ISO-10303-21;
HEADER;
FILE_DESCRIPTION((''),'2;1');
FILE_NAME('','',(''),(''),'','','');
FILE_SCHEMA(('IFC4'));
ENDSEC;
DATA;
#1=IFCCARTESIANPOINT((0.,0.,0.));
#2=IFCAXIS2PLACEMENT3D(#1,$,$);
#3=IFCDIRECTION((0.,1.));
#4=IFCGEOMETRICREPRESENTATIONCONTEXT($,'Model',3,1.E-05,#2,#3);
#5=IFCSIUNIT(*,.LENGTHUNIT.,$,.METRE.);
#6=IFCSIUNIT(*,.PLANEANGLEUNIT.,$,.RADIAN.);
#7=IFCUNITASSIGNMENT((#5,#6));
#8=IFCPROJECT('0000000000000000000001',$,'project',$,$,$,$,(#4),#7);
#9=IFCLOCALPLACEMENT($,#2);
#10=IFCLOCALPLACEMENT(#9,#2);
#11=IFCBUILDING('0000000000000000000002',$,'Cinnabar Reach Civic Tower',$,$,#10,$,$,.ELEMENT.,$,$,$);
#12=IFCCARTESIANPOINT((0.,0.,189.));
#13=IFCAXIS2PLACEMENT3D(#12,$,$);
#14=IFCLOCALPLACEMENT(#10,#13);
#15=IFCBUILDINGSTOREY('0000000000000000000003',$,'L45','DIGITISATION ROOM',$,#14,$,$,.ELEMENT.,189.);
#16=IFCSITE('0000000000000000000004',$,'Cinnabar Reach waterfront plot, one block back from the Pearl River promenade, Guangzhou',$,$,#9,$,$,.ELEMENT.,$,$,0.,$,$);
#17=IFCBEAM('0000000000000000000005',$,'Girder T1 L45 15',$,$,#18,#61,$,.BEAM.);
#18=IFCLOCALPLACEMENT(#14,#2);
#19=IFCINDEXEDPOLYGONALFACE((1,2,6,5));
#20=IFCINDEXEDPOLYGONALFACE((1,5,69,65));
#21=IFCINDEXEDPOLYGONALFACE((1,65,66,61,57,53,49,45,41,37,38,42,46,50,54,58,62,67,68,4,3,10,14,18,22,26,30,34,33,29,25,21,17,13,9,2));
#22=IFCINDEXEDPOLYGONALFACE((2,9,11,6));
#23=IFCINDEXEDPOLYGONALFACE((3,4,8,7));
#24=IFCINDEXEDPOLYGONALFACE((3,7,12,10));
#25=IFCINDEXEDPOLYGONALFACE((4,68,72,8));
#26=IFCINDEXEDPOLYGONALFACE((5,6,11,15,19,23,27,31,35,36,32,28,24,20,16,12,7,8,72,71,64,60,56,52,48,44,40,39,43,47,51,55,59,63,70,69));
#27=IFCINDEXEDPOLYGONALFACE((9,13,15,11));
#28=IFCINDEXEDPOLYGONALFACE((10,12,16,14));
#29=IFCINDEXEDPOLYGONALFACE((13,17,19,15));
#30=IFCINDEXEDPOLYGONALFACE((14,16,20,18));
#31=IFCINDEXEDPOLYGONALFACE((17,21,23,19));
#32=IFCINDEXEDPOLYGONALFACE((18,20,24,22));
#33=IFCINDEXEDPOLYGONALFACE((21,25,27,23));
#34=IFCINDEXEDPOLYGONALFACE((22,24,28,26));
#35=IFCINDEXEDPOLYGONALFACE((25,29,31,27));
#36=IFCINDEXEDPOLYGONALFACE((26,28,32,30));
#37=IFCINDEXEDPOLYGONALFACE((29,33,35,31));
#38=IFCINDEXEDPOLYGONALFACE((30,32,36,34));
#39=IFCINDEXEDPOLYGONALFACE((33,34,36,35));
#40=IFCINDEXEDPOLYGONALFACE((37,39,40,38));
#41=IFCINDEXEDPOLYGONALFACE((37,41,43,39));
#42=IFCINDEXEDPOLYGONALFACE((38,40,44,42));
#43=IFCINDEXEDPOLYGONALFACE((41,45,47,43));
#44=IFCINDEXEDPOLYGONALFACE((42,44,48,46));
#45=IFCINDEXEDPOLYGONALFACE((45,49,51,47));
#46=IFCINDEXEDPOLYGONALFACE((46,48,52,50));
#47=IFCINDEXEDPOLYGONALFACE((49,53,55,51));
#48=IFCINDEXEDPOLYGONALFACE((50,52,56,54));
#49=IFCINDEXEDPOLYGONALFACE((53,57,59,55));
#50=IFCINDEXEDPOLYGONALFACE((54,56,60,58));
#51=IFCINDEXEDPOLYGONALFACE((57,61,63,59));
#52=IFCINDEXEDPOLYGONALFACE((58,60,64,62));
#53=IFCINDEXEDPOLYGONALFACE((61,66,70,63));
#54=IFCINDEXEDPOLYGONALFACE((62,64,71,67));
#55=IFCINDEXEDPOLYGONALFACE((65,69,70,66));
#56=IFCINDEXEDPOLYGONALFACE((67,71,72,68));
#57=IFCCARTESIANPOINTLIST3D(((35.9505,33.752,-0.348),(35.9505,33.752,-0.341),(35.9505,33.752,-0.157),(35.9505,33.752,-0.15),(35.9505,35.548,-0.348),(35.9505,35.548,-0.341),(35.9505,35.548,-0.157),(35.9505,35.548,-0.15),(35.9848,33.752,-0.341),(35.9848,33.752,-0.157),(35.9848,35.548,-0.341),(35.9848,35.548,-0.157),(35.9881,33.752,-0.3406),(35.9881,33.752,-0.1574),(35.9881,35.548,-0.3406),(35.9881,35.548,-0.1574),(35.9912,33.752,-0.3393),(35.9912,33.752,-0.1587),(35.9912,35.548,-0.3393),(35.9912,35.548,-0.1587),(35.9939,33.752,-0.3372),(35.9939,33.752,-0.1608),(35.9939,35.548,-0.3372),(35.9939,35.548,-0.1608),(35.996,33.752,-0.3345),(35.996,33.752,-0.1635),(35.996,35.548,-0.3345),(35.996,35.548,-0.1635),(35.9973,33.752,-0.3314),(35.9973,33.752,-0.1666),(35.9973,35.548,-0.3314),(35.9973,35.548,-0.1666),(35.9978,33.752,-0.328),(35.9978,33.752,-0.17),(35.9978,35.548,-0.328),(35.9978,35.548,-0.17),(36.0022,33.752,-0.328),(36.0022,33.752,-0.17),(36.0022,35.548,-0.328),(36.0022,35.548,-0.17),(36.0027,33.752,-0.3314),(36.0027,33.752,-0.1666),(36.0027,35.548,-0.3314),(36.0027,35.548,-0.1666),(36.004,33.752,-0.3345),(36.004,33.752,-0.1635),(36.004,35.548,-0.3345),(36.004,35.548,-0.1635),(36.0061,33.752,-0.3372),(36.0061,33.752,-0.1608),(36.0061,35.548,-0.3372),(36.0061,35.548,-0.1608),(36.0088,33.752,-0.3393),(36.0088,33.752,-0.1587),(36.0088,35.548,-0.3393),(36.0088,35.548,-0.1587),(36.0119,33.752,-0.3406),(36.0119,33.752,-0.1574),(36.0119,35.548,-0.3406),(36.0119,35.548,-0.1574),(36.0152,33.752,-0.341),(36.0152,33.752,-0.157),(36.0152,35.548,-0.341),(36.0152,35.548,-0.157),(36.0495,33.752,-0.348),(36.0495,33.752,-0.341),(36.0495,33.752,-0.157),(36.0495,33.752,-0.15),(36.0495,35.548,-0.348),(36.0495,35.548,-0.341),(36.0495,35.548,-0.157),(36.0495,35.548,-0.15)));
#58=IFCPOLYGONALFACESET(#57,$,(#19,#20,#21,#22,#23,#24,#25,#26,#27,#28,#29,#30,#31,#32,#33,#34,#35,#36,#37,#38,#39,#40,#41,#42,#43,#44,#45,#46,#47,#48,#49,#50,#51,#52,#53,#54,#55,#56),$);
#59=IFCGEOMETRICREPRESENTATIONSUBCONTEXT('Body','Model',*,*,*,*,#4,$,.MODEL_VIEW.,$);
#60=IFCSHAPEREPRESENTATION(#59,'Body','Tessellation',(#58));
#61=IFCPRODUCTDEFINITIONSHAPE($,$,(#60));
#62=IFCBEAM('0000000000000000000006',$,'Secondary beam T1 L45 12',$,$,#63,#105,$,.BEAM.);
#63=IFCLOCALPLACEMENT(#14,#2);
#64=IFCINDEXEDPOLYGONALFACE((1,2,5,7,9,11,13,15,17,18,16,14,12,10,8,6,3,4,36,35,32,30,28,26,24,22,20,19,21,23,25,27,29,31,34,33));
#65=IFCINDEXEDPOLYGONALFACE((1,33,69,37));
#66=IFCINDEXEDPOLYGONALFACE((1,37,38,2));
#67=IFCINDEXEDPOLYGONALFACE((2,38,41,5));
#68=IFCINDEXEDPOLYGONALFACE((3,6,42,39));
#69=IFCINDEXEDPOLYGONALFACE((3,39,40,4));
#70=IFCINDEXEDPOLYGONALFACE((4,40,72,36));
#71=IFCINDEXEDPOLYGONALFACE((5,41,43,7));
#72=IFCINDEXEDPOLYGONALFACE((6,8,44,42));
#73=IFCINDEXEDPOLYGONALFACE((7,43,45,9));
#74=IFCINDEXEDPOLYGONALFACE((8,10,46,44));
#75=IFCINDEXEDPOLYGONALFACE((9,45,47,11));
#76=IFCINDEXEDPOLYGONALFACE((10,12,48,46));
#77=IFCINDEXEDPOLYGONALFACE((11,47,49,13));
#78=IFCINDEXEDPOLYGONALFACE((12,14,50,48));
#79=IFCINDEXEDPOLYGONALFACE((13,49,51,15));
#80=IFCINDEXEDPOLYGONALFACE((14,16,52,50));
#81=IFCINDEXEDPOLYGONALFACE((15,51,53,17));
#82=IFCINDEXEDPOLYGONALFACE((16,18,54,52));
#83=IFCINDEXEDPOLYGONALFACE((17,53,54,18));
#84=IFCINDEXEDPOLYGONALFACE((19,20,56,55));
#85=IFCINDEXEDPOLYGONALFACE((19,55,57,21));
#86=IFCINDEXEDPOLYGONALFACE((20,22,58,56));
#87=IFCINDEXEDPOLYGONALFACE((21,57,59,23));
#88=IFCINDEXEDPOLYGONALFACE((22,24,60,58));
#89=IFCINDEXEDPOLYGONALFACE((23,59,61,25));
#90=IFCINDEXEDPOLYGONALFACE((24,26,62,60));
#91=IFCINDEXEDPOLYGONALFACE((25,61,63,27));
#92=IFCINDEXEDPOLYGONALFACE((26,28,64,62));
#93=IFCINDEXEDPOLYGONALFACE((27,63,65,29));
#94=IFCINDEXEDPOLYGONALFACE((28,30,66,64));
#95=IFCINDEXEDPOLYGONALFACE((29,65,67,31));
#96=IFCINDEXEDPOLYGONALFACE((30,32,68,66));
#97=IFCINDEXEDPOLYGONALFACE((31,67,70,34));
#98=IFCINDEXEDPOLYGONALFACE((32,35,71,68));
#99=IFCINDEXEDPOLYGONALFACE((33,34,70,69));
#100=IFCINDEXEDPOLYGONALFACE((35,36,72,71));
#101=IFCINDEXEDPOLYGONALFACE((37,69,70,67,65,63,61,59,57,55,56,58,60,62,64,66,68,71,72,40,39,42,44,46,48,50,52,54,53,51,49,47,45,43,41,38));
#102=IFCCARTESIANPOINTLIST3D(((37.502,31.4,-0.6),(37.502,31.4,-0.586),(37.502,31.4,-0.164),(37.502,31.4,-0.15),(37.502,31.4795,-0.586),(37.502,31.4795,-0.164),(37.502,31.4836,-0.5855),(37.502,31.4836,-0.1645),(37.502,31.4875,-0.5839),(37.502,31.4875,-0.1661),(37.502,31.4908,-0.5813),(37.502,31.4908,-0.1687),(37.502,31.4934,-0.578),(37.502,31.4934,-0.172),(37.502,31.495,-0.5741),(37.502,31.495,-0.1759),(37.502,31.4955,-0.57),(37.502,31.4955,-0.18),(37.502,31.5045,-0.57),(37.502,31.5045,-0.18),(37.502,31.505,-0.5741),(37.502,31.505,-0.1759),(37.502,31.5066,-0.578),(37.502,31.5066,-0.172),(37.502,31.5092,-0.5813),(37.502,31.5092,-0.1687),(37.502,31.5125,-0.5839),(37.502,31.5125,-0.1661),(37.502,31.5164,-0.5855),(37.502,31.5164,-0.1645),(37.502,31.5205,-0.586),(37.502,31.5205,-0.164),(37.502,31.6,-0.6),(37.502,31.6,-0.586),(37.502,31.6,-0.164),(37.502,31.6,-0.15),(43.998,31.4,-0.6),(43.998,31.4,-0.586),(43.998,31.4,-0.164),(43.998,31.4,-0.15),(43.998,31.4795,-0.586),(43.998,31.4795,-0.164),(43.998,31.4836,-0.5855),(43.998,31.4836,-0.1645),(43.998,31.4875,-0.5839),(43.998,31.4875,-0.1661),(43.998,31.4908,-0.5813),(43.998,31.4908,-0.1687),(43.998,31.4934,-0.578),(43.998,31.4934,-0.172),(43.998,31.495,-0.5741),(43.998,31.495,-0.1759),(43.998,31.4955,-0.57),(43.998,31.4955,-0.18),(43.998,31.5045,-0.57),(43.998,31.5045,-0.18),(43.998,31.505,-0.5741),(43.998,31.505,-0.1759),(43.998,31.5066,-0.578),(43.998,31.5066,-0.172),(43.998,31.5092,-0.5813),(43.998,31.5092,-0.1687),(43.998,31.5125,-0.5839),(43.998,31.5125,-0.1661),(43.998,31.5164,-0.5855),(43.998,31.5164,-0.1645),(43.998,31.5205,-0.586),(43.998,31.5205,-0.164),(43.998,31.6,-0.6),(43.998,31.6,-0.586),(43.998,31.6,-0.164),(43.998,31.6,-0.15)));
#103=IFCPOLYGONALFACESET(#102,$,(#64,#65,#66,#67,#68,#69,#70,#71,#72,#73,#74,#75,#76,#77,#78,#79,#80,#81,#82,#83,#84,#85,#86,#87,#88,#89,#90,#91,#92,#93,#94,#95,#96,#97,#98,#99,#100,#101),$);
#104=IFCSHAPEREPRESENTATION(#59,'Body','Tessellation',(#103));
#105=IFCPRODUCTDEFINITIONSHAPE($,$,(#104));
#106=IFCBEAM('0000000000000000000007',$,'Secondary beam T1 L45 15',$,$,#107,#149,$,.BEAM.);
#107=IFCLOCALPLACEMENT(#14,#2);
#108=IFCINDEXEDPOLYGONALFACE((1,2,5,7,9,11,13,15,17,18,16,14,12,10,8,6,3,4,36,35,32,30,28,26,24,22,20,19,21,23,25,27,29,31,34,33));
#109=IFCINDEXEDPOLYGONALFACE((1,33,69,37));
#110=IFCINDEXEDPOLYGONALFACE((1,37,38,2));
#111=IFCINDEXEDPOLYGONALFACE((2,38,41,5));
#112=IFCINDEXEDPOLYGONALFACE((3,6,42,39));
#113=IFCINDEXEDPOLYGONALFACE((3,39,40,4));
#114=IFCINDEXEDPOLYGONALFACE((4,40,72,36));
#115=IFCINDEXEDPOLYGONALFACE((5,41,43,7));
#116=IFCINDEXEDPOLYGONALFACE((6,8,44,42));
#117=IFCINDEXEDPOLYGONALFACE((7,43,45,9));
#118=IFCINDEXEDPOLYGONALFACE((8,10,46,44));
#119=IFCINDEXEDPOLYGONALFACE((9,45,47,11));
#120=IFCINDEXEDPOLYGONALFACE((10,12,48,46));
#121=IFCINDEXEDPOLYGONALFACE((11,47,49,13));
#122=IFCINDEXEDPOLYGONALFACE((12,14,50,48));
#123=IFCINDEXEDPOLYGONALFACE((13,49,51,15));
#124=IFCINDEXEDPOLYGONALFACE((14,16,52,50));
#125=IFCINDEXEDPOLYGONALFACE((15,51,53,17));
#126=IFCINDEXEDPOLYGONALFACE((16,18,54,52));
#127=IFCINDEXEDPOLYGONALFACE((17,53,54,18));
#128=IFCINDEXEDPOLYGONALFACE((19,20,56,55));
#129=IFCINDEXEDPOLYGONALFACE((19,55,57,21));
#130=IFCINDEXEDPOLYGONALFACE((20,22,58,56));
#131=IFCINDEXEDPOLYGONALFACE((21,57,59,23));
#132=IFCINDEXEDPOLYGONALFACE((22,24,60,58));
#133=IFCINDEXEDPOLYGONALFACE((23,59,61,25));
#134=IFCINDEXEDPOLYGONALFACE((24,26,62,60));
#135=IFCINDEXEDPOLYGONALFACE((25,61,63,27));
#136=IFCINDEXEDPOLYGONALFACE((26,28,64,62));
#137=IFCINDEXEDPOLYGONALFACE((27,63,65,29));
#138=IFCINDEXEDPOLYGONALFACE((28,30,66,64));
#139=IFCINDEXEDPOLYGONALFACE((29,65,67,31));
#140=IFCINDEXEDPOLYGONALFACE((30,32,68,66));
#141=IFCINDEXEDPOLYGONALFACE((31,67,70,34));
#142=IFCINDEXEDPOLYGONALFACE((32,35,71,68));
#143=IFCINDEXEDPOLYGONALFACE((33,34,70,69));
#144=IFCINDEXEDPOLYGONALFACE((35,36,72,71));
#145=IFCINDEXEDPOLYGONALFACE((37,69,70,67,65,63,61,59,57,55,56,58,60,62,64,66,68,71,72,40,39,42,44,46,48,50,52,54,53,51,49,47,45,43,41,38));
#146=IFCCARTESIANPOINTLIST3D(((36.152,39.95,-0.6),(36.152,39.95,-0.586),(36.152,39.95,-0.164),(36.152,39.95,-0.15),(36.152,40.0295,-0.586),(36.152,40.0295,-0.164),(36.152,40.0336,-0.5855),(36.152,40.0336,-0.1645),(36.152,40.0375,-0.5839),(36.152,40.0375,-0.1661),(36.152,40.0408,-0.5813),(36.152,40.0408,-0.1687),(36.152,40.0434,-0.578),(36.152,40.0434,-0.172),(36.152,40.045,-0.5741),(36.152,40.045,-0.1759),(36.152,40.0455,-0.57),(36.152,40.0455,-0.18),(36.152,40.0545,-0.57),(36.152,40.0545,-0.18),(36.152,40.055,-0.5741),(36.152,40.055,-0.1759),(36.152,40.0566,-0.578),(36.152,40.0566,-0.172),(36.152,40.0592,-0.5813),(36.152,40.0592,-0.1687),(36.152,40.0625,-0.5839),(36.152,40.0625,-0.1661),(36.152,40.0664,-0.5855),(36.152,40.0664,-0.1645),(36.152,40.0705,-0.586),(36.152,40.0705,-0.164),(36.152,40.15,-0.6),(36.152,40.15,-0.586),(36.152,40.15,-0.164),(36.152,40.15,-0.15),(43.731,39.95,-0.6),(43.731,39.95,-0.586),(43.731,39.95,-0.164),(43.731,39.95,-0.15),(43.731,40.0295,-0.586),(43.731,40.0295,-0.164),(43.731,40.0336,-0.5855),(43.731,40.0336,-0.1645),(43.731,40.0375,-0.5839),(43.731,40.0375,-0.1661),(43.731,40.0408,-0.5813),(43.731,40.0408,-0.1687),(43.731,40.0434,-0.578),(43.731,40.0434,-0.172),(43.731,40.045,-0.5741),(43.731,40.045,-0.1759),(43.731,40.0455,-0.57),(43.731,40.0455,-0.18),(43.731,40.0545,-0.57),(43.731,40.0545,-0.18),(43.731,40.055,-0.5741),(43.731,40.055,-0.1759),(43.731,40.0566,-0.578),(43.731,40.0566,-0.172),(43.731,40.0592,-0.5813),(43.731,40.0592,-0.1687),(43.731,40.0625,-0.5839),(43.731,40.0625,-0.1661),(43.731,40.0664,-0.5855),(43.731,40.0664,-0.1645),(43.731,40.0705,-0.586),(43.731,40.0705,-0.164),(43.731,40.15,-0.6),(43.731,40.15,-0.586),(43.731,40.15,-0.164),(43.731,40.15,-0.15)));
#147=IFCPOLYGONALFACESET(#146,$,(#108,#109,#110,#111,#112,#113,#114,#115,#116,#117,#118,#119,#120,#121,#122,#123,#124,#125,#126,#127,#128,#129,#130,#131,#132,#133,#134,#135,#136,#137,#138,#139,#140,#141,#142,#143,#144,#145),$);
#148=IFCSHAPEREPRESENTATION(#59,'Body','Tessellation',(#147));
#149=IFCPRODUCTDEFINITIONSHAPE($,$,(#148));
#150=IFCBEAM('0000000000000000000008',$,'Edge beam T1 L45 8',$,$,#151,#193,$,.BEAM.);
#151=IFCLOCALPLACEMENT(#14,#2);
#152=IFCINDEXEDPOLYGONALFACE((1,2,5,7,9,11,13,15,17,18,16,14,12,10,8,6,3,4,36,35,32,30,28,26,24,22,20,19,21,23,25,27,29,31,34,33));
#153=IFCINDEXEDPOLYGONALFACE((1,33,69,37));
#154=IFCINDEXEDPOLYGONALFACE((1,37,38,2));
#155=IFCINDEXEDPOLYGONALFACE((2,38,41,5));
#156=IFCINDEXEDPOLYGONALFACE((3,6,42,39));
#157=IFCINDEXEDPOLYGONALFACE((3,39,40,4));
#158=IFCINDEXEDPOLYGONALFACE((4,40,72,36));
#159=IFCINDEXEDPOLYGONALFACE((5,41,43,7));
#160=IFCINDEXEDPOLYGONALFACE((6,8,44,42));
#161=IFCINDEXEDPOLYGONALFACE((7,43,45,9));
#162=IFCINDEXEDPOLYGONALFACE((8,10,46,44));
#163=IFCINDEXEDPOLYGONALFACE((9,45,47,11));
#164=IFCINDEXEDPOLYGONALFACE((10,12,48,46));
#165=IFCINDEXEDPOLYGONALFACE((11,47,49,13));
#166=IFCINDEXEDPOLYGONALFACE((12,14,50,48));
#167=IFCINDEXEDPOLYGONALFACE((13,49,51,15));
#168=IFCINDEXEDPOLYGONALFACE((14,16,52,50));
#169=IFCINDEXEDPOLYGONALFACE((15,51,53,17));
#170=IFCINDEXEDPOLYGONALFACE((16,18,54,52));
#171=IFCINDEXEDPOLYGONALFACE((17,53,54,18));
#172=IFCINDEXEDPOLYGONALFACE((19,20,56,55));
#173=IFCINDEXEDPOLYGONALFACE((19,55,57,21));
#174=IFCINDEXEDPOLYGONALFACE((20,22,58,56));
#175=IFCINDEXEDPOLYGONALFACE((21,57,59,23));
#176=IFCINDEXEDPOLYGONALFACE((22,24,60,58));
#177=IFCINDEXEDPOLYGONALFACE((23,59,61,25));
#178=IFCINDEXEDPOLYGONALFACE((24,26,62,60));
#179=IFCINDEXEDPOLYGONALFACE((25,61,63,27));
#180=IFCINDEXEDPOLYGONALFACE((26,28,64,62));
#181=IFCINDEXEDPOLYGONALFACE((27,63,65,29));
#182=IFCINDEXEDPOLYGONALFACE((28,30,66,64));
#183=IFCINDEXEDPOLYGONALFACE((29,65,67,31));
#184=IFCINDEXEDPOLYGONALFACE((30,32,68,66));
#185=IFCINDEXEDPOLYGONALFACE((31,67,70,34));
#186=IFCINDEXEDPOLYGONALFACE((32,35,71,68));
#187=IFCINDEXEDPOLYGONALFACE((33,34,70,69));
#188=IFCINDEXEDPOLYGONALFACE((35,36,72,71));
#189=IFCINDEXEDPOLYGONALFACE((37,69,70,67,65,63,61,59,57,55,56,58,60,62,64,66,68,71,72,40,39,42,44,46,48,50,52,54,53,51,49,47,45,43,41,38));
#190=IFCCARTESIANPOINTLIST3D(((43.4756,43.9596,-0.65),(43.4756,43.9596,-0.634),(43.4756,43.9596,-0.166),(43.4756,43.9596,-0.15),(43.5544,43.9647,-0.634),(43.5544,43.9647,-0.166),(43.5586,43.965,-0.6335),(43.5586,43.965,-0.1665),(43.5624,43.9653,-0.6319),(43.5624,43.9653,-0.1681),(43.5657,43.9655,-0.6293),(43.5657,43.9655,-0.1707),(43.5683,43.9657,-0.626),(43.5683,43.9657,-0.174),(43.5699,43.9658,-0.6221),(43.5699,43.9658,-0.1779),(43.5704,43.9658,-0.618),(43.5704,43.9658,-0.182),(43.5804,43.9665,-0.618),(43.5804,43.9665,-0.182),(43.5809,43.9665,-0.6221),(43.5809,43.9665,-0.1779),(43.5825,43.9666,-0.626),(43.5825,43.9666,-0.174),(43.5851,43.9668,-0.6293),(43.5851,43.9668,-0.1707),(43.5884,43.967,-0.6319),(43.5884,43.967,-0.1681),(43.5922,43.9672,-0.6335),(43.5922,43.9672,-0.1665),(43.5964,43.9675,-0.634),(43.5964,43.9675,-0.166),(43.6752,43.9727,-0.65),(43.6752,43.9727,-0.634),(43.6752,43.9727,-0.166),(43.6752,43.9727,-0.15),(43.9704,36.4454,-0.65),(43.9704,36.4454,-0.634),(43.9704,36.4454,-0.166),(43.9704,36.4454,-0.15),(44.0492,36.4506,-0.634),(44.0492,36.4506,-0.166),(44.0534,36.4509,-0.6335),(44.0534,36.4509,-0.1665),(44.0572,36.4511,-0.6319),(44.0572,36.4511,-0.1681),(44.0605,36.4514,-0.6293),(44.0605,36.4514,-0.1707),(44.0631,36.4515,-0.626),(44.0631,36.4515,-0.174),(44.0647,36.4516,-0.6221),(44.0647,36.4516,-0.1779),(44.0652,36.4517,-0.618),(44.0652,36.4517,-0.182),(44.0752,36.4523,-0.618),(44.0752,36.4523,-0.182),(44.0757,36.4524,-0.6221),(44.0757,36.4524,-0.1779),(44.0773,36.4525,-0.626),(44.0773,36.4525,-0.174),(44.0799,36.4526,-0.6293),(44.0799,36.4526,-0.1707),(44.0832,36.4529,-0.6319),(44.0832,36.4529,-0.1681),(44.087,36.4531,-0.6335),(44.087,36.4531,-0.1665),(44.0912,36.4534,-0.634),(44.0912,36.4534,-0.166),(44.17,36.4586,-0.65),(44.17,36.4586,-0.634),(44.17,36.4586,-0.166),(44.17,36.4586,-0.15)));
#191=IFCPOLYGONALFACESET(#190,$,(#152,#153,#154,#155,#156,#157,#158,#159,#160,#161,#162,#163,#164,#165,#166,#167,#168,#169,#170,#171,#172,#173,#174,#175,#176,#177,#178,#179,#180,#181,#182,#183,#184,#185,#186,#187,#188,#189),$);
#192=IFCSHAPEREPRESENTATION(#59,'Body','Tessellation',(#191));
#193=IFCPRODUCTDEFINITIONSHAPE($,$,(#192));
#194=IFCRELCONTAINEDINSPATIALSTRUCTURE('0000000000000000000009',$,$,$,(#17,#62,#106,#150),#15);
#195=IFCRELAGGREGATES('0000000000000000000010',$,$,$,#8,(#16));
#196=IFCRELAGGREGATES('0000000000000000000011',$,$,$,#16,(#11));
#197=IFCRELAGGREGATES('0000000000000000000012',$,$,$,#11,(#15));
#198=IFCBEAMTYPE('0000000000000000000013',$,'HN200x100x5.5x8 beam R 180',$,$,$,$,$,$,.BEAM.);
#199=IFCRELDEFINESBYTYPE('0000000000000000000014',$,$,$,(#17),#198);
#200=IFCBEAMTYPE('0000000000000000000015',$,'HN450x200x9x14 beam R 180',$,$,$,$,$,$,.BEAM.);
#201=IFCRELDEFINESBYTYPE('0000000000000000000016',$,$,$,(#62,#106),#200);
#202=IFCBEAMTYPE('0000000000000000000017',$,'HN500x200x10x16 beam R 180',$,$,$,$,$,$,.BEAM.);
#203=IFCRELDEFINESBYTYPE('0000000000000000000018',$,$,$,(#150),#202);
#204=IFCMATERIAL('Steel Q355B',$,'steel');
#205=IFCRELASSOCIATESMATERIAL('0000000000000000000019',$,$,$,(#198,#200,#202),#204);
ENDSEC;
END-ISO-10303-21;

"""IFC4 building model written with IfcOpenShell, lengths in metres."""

from ifc_helpers import new_model, si_unit, direction, frame, origin, origin_2d, place, context, subcontext, project, spatial, i_section, extrude, material, material_profile, profile_set, type_object, element, save


model = new_model("IFC4")

# Units and contexts
model_context = context("Model", 3, precision=1e-05, world=origin(), true_north=direction((0.0, 1.0)))
body_context = subcontext(model_context, "Body", "Model", "MODEL_VIEW")
ifc_project = project(units=[si_unit("LENGTHUNIT", "METRE"), si_unit("PLANEANGLEUNIT", "RADIAN")], contexts=[model_context])

# Site, building, storey
site_placement = place(None, origin())
site = spatial("IfcSite", under=ifc_project, at=site_placement, Name="Cinnabar Reach waterfront plot, one block back from the Pearl River promenade, Guangzhou", CompositionType="ELEMENT", RefElevation=0.0)
building_placement = place(site_placement, origin())
building = spatial("IfcBuilding", under=site, at=building_placement, Name="Cinnabar Reach Civic Tower", CompositionType="ELEMENT")
storey_placement = place(building_placement, frame((0.0, 0.0, 189.0)))
storey = spatial("IfcBuildingStorey", under=building, at=storey_placement, Name="L45", Description="DIGITISATION ROOM", CompositionType="ELEMENT", Elevation=189.0)

# Beams
ifc_material_1 = material(Name="Steel Q355B", Category="steel")
ifc_material_profile_1 = material_profile(ifc_material_1, i_section(OverallWidth=0.099, OverallDepth=0.198, WebThickness=0.0045, FlangeThickness=0.007, FilletRadius=0.013, at=origin_2d()), Name="HN200x100x5.5x8")
ifc_profile_set_1 = profile_set([ifc_material_profile_1], Name="Steel Q355B")
beam_type_1 = type_object("IfcBeamType", Name="HN200x100x5.5x8 beam R 180", PredefinedType="BEAM", material=ifc_profile_set_1)
beam_1_placement = place(storey_placement, frame((36.0, 33.752, -0.249), z_axis=(0.0, 1.0, 0.0), x_axis=(-1.0, 0.0, 0.0)))
element("IfcBeam", 1, at=beam_1_placement, inside=storey, type_object=beam_type_1, Name="Girder T1 L45 15", PredefinedType="BEAM", context=body_context, shape_type="SweptSolid", body=[
    extrude(i_section(OverallWidth=0.099, OverallDepth=0.198, WebThickness=0.0045, FlangeThickness=0.007, FilletRadius=0.013, at=origin_2d()), origin(), (0.0, 0.0, 1.0), 1.796),
])
ifc_material_profile_2 = material_profile(ifc_material_1, i_section(OverallWidth=0.2, OverallDepth=0.45, WebThickness=0.009, FlangeThickness=0.014, FilletRadius=0.016, at=origin_2d()), Name="HN450x200x9x14")
ifc_profile_set_2 = profile_set([ifc_material_profile_2], Name="Steel Q355B")
beam_type_2 = type_object("IfcBeamType", Name="HN450x200x9x14 beam R 180", PredefinedType="BEAM", material=ifc_profile_set_2)
beam_2_placement = place(storey_placement, frame((37.502, 31.5, -0.375), z_axis=(1.0, 0.0, 0.0), x_axis=(0.0, 1.0, 0.0)))
element("IfcBeam", 2, at=beam_2_placement, inside=storey, type_object=beam_type_2, Name="Secondary beam T1 L45 12", PredefinedType="BEAM", context=body_context, shape_type="SweptSolid", body=[
    extrude(i_section(OverallWidth=0.2, OverallDepth=0.45, WebThickness=0.009, FlangeThickness=0.014, FilletRadius=0.016, at=origin_2d()), origin(), (0.0, 0.0, 1.0), 6.496),
])
beam_3_placement = place(storey_placement, frame((36.152, 40.05, -0.375), z_axis=(1.0, 0.0, 0.0), x_axis=(0.0, 1.0, 0.0)))
element("IfcBeam", 3, at=beam_3_placement, inside=storey, type_object=beam_type_2, Name="Secondary beam T1 L45 15", PredefinedType="BEAM", context=body_context, shape_type="SweptSolid", body=[
    extrude(i_section(OverallWidth=0.2, OverallDepth=0.45, WebThickness=0.009, FlangeThickness=0.014, FilletRadius=0.016, at=origin_2d()), origin(), (0.0, 0.0, 1.0), 7.579),
])
ifc_material_profile_3 = material_profile(ifc_material_1, i_section(OverallWidth=0.2, OverallDepth=0.5, WebThickness=0.01, FlangeThickness=0.016, FilletRadius=0.016, at=origin_2d()), Name="HN500x200x10x16")
ifc_profile_set_3 = profile_set([ifc_material_profile_3], Name="Steel Q355B")
beam_type_3 = type_object("IfcBeamType", Name="HN500x200x10x16 beam R 180", PredefinedType="BEAM", material=ifc_profile_set_3)
beam_4_placement = place(storey_placement, frame((44.0702, 36.452, -0.4), z_axis=(-0.065707, 0.997839, 0.0), x_axis=(-0.997839, -0.065707, 0.0)))
element("IfcBeam", 4, at=beam_4_placement, inside=storey, type_object=beam_type_3, Name="Edge beam T1 L45 8", PredefinedType="BEAM", context=body_context, shape_type="SweptSolid", body=[
    extrude(i_section(OverallWidth=0.2, OverallDepth=0.5, WebThickness=0.01, FlangeThickness=0.016, FilletRadius=0.016, at=origin_2d()), origin(), (0.0, 0.0, 1.0), 7.5304),
])

save(model, "model.ifc")
